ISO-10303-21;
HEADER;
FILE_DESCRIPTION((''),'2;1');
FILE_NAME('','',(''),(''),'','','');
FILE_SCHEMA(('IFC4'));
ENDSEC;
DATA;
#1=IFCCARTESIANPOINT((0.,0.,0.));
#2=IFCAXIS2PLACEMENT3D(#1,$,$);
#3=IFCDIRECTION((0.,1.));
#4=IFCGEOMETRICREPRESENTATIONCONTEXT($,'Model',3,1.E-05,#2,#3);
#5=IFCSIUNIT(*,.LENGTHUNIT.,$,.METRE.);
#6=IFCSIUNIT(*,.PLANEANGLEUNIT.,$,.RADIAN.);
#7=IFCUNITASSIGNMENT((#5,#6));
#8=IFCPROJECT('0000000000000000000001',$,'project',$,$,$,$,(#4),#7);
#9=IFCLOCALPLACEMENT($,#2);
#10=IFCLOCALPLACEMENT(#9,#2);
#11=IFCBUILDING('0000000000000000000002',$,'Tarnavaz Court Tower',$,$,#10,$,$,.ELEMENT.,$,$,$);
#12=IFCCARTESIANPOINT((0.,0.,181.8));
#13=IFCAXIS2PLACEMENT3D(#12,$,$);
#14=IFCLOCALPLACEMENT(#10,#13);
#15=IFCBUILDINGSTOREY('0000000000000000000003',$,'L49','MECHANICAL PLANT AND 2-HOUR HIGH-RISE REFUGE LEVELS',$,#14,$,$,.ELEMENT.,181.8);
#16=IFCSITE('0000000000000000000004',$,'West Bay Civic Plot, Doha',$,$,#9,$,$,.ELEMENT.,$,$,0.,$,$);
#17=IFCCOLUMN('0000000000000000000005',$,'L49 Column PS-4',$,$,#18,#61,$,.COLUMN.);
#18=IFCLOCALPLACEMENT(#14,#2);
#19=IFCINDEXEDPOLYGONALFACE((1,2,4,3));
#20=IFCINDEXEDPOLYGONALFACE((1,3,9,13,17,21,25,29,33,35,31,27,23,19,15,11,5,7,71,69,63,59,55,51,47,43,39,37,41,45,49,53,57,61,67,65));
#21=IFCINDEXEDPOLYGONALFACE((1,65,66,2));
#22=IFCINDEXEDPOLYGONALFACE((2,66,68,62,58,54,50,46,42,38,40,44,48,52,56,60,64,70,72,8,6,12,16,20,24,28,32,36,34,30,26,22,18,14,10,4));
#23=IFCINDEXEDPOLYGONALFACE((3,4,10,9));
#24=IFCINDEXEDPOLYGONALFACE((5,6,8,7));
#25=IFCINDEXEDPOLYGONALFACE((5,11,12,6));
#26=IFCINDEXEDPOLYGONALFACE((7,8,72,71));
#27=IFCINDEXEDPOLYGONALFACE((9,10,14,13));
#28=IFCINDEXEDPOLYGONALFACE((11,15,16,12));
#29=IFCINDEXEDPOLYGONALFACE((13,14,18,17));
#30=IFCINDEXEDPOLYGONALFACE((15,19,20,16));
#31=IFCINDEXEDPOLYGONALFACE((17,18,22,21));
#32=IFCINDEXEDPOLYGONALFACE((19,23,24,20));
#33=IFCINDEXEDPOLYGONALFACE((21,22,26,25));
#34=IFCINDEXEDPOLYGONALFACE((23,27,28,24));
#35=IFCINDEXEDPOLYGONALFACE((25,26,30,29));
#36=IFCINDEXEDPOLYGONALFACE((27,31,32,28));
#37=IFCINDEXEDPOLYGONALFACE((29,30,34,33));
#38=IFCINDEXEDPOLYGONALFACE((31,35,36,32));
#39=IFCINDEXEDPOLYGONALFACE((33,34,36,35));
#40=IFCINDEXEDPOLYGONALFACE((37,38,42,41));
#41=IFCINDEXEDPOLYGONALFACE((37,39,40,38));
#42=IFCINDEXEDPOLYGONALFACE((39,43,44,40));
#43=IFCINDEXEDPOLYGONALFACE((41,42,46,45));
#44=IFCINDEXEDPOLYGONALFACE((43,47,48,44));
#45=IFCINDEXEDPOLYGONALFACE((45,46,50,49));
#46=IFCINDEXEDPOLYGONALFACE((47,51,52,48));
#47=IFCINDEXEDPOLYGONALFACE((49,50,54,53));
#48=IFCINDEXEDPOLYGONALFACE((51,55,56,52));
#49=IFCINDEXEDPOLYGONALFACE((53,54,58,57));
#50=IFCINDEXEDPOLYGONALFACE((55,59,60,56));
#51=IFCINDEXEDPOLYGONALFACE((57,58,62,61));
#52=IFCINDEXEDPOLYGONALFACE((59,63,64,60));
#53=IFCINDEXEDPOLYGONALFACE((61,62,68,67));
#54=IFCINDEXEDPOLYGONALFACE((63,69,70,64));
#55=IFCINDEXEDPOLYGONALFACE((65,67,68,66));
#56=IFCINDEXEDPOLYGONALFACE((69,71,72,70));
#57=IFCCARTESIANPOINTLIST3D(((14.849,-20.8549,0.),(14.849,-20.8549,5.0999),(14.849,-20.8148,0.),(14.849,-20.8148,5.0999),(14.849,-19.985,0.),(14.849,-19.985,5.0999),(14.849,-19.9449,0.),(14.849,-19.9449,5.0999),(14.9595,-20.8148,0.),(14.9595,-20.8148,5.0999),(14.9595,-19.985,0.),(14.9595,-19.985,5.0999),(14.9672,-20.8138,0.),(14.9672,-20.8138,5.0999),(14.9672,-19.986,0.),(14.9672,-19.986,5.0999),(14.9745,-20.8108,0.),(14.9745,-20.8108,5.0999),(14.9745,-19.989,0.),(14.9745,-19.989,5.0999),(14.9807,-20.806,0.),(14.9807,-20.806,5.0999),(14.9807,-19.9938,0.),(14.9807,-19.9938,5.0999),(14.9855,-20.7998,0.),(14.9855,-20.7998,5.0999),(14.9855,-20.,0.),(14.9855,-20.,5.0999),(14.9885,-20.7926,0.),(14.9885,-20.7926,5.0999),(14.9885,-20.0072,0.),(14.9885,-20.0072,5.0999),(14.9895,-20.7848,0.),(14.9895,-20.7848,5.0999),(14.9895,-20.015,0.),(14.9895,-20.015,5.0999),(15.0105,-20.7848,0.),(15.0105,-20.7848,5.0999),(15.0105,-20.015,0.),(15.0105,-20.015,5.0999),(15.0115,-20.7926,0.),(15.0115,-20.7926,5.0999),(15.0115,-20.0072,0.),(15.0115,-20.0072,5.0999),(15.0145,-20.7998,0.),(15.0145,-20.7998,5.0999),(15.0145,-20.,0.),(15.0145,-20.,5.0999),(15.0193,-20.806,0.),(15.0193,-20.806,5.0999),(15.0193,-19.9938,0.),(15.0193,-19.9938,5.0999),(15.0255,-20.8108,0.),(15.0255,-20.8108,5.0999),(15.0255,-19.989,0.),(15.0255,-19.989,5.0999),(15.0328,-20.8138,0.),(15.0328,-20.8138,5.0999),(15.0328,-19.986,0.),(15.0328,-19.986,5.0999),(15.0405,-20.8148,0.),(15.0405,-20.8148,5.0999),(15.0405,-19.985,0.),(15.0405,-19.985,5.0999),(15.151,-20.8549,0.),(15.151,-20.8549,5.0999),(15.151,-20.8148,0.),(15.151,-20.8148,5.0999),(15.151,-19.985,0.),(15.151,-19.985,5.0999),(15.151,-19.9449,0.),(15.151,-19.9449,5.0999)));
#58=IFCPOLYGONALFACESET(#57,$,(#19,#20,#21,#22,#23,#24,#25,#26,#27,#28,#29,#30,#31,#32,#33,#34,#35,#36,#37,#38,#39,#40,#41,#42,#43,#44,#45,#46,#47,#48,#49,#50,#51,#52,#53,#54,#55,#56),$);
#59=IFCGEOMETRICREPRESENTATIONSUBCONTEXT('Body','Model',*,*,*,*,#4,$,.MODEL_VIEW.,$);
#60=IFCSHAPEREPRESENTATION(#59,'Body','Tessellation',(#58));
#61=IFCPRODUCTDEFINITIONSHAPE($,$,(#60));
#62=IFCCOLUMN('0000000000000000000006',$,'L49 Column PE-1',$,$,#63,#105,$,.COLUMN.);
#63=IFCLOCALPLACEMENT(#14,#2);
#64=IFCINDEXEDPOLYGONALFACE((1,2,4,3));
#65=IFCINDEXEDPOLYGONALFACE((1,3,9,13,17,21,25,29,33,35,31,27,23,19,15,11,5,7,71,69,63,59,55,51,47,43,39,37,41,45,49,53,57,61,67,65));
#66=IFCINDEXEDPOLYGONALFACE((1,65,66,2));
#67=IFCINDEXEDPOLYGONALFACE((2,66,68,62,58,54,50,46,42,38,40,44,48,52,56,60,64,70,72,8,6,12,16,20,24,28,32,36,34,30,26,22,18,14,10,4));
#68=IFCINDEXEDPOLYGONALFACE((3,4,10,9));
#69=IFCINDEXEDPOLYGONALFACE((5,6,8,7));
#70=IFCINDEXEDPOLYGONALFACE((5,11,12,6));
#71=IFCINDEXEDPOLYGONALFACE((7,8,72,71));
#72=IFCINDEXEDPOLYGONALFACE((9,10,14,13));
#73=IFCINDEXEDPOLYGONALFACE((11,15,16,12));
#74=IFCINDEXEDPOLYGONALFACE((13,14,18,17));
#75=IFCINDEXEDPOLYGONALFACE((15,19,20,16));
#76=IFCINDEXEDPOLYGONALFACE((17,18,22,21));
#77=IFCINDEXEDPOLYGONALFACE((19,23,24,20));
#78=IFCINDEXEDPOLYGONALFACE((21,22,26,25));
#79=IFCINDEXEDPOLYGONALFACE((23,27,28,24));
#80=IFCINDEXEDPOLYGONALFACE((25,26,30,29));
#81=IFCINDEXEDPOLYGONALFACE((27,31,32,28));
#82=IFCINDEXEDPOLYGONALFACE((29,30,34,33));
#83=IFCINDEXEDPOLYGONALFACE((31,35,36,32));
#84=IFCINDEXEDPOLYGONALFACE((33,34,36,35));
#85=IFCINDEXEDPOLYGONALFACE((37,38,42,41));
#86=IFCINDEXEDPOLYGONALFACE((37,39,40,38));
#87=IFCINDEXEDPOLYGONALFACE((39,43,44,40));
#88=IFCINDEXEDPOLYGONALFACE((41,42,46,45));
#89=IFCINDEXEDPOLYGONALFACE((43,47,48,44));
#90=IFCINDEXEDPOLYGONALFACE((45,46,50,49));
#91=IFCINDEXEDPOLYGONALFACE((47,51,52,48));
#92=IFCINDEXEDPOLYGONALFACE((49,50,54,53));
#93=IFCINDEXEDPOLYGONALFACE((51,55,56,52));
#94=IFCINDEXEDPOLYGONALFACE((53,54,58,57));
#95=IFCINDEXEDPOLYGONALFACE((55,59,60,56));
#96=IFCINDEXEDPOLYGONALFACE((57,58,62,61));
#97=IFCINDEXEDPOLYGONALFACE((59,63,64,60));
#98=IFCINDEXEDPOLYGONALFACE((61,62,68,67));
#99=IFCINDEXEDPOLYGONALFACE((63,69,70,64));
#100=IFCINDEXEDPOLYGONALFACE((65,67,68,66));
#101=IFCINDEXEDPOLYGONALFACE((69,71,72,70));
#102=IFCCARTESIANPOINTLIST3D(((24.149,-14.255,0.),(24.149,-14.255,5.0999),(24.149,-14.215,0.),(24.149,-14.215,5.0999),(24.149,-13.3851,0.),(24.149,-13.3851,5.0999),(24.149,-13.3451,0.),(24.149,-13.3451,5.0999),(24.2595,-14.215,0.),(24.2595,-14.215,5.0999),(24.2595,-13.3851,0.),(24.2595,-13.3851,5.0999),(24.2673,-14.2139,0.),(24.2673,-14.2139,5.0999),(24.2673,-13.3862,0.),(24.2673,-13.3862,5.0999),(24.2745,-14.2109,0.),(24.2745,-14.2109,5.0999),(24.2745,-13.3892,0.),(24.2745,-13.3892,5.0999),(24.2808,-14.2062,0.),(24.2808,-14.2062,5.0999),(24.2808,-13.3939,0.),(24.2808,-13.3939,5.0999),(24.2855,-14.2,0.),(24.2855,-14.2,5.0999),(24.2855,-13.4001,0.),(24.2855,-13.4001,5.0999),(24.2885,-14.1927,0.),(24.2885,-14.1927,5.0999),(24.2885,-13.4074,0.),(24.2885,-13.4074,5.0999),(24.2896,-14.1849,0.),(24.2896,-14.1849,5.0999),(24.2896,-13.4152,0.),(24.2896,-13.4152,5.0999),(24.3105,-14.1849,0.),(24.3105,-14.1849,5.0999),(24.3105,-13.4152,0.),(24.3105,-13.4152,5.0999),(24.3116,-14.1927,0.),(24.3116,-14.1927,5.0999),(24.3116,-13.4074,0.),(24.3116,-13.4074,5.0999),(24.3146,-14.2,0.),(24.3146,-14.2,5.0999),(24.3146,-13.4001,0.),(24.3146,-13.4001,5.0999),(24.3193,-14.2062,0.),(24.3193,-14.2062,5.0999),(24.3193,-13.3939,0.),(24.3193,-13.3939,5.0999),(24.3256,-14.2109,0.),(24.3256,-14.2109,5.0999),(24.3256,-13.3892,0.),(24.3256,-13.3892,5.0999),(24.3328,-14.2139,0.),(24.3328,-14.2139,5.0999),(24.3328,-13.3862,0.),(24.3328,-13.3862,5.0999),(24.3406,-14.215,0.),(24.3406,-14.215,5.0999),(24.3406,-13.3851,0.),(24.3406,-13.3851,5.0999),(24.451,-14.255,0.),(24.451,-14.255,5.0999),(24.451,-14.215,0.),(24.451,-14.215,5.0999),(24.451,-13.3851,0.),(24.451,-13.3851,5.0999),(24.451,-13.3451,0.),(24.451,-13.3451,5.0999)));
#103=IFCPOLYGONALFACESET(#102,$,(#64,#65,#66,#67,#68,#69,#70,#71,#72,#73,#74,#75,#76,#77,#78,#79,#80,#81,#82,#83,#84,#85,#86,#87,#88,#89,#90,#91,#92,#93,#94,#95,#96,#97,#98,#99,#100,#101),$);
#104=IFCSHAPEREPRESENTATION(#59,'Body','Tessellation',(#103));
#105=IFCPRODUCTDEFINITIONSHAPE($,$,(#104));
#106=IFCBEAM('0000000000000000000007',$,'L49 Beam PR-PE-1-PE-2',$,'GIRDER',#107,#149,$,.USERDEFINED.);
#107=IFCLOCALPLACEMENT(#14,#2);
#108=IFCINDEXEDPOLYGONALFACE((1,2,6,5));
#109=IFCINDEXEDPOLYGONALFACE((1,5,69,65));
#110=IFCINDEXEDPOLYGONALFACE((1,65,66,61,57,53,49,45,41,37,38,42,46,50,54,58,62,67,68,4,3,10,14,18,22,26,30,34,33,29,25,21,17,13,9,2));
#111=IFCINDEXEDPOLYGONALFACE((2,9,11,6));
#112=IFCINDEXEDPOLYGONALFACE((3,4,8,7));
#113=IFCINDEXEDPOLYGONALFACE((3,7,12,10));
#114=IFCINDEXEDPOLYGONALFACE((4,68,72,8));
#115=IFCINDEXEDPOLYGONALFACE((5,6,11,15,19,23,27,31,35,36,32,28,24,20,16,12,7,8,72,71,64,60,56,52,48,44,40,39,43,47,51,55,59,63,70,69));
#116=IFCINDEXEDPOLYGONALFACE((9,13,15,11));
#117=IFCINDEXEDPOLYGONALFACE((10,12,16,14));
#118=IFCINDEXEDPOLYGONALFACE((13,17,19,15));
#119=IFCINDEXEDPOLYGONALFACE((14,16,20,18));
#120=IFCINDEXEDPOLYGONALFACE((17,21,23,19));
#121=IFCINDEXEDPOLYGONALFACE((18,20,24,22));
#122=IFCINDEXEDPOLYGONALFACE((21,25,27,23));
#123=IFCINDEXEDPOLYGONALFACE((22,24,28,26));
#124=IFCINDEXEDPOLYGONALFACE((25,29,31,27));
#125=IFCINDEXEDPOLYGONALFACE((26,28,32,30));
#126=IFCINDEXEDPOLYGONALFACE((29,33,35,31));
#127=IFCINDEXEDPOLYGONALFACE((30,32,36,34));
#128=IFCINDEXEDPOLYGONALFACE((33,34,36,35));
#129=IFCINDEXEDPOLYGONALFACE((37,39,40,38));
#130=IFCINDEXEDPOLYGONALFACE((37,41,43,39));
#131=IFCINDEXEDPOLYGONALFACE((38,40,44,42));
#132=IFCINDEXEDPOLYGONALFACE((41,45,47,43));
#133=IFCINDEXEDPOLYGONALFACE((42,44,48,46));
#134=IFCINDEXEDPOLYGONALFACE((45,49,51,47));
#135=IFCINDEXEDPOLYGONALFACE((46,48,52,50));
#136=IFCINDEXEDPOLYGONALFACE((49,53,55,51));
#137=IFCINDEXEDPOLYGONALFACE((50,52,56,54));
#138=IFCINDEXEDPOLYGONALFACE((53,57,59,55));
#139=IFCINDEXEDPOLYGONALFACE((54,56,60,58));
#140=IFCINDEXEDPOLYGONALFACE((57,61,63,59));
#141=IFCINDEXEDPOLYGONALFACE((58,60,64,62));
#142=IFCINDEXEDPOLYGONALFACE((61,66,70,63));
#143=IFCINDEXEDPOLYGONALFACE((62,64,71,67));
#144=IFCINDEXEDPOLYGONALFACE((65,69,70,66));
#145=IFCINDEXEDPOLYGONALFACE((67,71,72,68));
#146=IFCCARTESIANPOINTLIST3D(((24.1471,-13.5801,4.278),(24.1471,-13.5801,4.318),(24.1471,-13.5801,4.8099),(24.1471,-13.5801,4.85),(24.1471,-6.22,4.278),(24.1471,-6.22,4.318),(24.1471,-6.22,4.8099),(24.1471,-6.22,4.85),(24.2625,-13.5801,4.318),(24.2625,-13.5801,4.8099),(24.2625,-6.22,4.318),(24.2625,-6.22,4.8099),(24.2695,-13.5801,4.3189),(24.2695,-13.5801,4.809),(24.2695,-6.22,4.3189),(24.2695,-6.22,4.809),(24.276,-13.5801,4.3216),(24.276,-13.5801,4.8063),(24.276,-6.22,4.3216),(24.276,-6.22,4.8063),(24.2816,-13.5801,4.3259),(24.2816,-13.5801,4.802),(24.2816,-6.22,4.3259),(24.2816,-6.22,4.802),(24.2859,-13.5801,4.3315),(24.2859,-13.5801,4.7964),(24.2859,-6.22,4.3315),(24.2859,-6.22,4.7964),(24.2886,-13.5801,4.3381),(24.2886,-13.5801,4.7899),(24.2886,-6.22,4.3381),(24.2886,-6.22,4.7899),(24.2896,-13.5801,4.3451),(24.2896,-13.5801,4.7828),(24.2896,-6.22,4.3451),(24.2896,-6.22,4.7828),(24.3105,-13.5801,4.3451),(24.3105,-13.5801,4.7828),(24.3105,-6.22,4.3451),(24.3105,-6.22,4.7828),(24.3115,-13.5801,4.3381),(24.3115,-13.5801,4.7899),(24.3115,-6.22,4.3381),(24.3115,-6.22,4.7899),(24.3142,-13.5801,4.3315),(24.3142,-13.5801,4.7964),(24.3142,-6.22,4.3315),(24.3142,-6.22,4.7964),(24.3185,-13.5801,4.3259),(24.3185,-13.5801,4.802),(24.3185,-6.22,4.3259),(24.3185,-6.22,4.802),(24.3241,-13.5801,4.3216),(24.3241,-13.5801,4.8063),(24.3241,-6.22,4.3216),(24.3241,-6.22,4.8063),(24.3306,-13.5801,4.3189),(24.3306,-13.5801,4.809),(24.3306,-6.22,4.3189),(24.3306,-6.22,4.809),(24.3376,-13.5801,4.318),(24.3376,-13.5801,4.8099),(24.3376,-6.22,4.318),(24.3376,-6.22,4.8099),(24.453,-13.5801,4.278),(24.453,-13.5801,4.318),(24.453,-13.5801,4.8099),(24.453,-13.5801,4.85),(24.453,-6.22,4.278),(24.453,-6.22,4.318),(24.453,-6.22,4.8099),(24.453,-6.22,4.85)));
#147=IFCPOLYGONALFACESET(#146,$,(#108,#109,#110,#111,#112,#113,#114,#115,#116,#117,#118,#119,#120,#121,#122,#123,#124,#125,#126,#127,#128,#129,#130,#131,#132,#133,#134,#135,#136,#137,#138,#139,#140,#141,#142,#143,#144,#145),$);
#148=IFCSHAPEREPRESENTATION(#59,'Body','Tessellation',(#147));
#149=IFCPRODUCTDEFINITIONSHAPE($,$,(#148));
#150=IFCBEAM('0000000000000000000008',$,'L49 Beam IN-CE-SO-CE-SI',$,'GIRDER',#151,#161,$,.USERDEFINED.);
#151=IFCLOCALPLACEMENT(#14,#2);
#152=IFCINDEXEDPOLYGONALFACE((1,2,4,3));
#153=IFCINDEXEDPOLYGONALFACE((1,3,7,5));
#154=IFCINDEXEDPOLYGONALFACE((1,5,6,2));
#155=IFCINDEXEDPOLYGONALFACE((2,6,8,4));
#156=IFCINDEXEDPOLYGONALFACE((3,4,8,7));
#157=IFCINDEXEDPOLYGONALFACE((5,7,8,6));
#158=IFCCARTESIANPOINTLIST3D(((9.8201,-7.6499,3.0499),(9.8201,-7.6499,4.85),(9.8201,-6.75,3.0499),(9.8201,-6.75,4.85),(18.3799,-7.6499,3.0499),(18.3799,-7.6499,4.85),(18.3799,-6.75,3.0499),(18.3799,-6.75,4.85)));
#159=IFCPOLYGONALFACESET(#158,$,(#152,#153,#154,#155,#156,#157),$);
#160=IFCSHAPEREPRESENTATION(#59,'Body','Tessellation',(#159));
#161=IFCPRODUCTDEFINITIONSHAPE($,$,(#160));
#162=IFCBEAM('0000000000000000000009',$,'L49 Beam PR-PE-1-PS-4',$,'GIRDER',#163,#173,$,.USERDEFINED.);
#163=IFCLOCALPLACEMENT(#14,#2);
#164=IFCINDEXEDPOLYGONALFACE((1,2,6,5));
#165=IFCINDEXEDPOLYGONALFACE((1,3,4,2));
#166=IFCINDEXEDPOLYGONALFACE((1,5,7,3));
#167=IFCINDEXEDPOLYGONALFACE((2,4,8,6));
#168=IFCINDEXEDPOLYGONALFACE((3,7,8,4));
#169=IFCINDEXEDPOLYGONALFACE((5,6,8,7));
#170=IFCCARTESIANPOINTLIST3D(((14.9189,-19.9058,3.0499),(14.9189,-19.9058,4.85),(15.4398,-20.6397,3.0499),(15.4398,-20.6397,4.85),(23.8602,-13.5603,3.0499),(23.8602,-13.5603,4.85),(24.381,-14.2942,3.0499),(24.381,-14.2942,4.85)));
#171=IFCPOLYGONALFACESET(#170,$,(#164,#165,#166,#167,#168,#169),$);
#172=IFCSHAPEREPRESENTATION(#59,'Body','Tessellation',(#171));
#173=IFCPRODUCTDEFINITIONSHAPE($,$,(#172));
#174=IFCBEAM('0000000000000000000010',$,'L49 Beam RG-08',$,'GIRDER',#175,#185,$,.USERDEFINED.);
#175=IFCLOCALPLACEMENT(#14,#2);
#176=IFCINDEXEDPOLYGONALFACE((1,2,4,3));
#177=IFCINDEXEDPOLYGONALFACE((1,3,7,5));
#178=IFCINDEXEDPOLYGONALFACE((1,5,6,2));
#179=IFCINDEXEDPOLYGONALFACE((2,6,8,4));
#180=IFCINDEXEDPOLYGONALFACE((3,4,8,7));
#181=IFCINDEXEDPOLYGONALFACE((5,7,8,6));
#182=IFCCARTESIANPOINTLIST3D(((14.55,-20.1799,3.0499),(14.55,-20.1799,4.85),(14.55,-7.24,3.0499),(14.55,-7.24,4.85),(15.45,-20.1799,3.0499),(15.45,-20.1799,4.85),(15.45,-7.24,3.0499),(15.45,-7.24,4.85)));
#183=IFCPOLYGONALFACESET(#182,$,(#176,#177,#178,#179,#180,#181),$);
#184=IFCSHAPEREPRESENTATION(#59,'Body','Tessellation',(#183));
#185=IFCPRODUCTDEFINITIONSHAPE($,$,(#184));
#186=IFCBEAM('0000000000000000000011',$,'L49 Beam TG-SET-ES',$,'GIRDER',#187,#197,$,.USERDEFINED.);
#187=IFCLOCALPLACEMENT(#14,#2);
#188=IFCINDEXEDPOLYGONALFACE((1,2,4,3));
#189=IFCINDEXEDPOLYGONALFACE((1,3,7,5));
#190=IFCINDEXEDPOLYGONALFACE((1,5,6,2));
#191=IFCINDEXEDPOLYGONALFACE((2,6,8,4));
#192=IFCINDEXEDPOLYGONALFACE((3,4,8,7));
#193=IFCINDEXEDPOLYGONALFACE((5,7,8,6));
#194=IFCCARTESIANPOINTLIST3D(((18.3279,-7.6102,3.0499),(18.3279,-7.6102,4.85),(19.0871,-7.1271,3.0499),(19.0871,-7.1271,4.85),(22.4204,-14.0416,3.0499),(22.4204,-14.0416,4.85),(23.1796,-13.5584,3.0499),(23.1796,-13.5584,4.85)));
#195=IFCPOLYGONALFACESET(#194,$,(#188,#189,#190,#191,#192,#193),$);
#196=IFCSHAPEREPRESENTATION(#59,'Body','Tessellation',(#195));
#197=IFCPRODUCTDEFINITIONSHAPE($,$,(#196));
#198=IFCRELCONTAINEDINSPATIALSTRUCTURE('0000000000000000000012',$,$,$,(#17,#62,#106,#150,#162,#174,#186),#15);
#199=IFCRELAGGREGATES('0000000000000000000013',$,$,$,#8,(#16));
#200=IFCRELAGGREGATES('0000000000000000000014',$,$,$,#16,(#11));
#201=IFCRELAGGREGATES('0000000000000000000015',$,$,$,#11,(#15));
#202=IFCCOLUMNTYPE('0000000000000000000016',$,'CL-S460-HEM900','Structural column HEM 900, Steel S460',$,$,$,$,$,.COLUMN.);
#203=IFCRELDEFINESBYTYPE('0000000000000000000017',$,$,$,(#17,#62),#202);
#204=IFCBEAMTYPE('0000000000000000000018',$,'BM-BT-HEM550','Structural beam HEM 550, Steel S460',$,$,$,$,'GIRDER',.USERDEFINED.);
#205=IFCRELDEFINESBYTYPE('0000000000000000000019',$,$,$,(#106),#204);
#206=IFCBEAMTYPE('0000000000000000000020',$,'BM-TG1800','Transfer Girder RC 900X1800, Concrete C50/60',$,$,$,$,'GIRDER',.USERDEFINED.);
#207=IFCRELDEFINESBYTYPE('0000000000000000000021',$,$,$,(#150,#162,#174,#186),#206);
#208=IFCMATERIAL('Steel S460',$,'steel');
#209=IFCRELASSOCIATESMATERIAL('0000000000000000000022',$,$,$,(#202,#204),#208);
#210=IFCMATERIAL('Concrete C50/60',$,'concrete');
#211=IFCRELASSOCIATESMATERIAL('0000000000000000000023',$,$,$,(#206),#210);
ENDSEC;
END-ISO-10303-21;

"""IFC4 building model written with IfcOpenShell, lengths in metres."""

from ifc_helpers import new_model, si_unit, direction, frame, origin, origin_2d, place, context, subcontext, project, spatial, rectangle, i_section, extrude, material, material_profile, profile_set, type_object, element, save


model = new_model("IFC4")

# Units and contexts
model_context = context("Model", 3, precision=1e-05, world=origin(), true_north=direction((0.0, 1.0)))
body_context = subcontext(model_context, "Body", "Model", "MODEL_VIEW")
ifc_project = project(units=[si_unit("LENGTHUNIT", "METRE"), si_unit("PLANEANGLEUNIT", "RADIAN")], contexts=[model_context])

# Site, building, storey
site_placement = place(None, origin())
site = spatial("IfcSite", under=ifc_project, at=site_placement, Name="West Bay Civic Plot, Doha", CompositionType="ELEMENT", RefElevation=0.0)
building_placement = place(site_placement, origin())
building = spatial("IfcBuilding", under=site, at=building_placement, Name="Tarnavaz Court Tower", CompositionType="ELEMENT")
storey_placement = place(building_placement, frame((0.0, 0.0, 181.8)))
storey = spatial("IfcBuildingStorey", under=building, at=storey_placement, Name="L49", Description="MECHANICAL PLANT AND 2-HOUR HIGH-RISE REFUGE LEVELS", CompositionType="ELEMENT", Elevation=181.8)

# Columns
ifc_material_1 = material(Name="Steel S460", Category="steel")
ifc_material_profile_1 = material_profile(ifc_material_1, i_section(OverallWidth=0.302, OverallDepth=0.9099, WebThickness=0.021, FlangeThickness=0.04, FilletRadius=0.03, at=origin_2d()), Name="HEM 900")
ifc_profile_set_1 = profile_set([ifc_material_profile_1], Name="Steel S460")
column_type = type_object("IfcColumnType", Name="CL-S460-HEM900", Description="Structural column HEM 900, Steel S460", PredefinedType="COLUMN", material=ifc_profile_set_1)
for number, where, z_axis, x_axis, name in (
    (1, (15.0, -20.3999, 0.0), (0.0, 0.0, 1.0), (1.0, 0.0, 0.0), "L49 Column PS-4"),
    (2, (24.3, -13.8, 0.0), (0.0, 0.0, 1.0), (1.0, 0.0, 0.0), "L49 Column PE-1"),
):
    element("IfcColumn", number, at=place(storey_placement, frame(where, z_axis=z_axis, x_axis=x_axis)), inside=storey, type_object=column_type, Name=name, PredefinedType="COLUMN", context=body_context, shape_type="SweptSolid", body=[
        extrude(i_section(OverallWidth=0.302, OverallDepth=0.9099, WebThickness=0.021, FlangeThickness=0.04, FilletRadius=0.03, at=origin_2d()), origin(), (0.0, 0.0, 1.0), 5.0999),
    ])

# Beams
ifc_material_profile_2 = material_profile(ifc_material_1, i_section(OverallWidth=0.3059, OverallDepth=0.572, WebThickness=0.021, FlangeThickness=0.04, FilletRadius=0.0271, at=origin_2d()), Name="HEM 550")
ifc_profile_set_2 = profile_set([ifc_material_profile_2], Name="Steel S460")
beam_type_1 = type_object("IfcBeamType", Name="BM-BT-HEM550", Description="Structural beam HEM 550, Steel S460", ElementType="GIRDER", PredefinedType="USERDEFINED", material=ifc_profile_set_2)
beam_1_placement = place(storey_placement, frame((24.3, -13.5801, 4.564), z_axis=(0.0, 1.0, 0.0), x_axis=(-1.0, 0.0, 0.0)))
element("IfcBeam", 3, at=beam_1_placement, inside=storey, type_object=beam_type_1, Name="L49 Beam PR-PE-1-PE-2", ObjectType="GIRDER", PredefinedType="USERDEFINED", context=body_context, shape_type="SweptSolid", body=[
    extrude(i_section(OverallWidth=0.3059, OverallDepth=0.572, WebThickness=0.021, FlangeThickness=0.04, FilletRadius=0.0271, at=origin_2d()), origin(), (0.0, 0.0, 1.0), 7.3601),
])
ifc_material_2 = material(Name="Concrete C50/60", Category="concrete")
ifc_material_profile_3 = material_profile(ifc_material_2, rectangle(XDim=0.8999, YDim=1.8, at=origin_2d()), Name="RC 900X1800")
ifc_profile_set_3 = profile_set([ifc_material_profile_3], Name="Concrete C50/60")
beam_type_2 = type_object("IfcBeamType", Name="BM-TG1800", Description="Transfer Girder RC 900X1800, Concrete C50/60", ElementType="GIRDER", PredefinedType="USERDEFINED", material=ifc_profile_set_3)
beam_2_placement = place(storey_placement, frame((18.3799, -7.2, 3.95), z_axis=(-1.0, 0.0, 0.0), x_axis=(0.0, -1.0, 0.0)))
element("IfcBeam", 4, at=beam_2_placement, inside=storey, type_object=beam_type_2, Name="L49 Beam IN-CE-SO-CE-SI", ObjectType="GIRDER", PredefinedType="USERDEFINED", context=body_context, shape_type="SweptSolid", body=[
    extrude(rectangle(XDim=0.8999, YDim=1.8, at=origin_2d()), origin(), (0.0, 0.0, 1.0), 8.5598),
])
beam_3_placement = place(storey_placement, frame((24.1206, -13.9272, 3.95), z_axis=(-0.815502, -0.578754, 0.0), x_axis=(0.578754, -0.815502, 0.0)))
element("IfcBeam", 5, at=beam_3_placement, inside=storey, type_object=beam_type_2, Name="L49 Beam PR-PE-1-PS-4", ObjectType="GIRDER", PredefinedType="USERDEFINED", context=body_context, shape_type="SweptSolid", body=[
    extrude(rectangle(XDim=0.8999, YDim=1.8, at=origin_2d()), origin(), (0.0, 0.0, 1.0), 10.9641),
])
beam_4_placement = place(storey_placement, frame((15.0, -7.24, 3.95), z_axis=(0.0, -1.0, 0.0), x_axis=(1.0, 0.0, 0.0)))
element("IfcBeam", 6, at=beam_4_placement, inside=storey, type_object=beam_type_2, Name="L49 Beam RG-08", ObjectType="GIRDER", PredefinedType="USERDEFINED", context=body_context, shape_type="SweptSolid", body=[
    extrude(rectangle(XDim=0.8999, YDim=1.8, at=origin_2d()), origin(), (0.0, 0.0, 1.0), 12.9399),
])
beam_5_placement = place(storey_placement, frame((18.7075, -7.3687, 3.95), z_axis=(0.536859, -0.843672, 0.0), x_axis=(0.843672, 0.536859, 0.0)))
element("IfcBeam", 7, at=beam_5_placement, inside=storey, type_object=beam_type_2, Name="L49 Beam TG-SET-ES", ObjectType="GIRDER", PredefinedType="USERDEFINED", context=body_context, shape_type="SweptSolid", body=[
    extrude(rectangle(XDim=0.8999, YDim=1.8, at=origin_2d()), origin(), (0.0, 0.0, 1.0), 7.623),
])

save(model, "model.ifc")
